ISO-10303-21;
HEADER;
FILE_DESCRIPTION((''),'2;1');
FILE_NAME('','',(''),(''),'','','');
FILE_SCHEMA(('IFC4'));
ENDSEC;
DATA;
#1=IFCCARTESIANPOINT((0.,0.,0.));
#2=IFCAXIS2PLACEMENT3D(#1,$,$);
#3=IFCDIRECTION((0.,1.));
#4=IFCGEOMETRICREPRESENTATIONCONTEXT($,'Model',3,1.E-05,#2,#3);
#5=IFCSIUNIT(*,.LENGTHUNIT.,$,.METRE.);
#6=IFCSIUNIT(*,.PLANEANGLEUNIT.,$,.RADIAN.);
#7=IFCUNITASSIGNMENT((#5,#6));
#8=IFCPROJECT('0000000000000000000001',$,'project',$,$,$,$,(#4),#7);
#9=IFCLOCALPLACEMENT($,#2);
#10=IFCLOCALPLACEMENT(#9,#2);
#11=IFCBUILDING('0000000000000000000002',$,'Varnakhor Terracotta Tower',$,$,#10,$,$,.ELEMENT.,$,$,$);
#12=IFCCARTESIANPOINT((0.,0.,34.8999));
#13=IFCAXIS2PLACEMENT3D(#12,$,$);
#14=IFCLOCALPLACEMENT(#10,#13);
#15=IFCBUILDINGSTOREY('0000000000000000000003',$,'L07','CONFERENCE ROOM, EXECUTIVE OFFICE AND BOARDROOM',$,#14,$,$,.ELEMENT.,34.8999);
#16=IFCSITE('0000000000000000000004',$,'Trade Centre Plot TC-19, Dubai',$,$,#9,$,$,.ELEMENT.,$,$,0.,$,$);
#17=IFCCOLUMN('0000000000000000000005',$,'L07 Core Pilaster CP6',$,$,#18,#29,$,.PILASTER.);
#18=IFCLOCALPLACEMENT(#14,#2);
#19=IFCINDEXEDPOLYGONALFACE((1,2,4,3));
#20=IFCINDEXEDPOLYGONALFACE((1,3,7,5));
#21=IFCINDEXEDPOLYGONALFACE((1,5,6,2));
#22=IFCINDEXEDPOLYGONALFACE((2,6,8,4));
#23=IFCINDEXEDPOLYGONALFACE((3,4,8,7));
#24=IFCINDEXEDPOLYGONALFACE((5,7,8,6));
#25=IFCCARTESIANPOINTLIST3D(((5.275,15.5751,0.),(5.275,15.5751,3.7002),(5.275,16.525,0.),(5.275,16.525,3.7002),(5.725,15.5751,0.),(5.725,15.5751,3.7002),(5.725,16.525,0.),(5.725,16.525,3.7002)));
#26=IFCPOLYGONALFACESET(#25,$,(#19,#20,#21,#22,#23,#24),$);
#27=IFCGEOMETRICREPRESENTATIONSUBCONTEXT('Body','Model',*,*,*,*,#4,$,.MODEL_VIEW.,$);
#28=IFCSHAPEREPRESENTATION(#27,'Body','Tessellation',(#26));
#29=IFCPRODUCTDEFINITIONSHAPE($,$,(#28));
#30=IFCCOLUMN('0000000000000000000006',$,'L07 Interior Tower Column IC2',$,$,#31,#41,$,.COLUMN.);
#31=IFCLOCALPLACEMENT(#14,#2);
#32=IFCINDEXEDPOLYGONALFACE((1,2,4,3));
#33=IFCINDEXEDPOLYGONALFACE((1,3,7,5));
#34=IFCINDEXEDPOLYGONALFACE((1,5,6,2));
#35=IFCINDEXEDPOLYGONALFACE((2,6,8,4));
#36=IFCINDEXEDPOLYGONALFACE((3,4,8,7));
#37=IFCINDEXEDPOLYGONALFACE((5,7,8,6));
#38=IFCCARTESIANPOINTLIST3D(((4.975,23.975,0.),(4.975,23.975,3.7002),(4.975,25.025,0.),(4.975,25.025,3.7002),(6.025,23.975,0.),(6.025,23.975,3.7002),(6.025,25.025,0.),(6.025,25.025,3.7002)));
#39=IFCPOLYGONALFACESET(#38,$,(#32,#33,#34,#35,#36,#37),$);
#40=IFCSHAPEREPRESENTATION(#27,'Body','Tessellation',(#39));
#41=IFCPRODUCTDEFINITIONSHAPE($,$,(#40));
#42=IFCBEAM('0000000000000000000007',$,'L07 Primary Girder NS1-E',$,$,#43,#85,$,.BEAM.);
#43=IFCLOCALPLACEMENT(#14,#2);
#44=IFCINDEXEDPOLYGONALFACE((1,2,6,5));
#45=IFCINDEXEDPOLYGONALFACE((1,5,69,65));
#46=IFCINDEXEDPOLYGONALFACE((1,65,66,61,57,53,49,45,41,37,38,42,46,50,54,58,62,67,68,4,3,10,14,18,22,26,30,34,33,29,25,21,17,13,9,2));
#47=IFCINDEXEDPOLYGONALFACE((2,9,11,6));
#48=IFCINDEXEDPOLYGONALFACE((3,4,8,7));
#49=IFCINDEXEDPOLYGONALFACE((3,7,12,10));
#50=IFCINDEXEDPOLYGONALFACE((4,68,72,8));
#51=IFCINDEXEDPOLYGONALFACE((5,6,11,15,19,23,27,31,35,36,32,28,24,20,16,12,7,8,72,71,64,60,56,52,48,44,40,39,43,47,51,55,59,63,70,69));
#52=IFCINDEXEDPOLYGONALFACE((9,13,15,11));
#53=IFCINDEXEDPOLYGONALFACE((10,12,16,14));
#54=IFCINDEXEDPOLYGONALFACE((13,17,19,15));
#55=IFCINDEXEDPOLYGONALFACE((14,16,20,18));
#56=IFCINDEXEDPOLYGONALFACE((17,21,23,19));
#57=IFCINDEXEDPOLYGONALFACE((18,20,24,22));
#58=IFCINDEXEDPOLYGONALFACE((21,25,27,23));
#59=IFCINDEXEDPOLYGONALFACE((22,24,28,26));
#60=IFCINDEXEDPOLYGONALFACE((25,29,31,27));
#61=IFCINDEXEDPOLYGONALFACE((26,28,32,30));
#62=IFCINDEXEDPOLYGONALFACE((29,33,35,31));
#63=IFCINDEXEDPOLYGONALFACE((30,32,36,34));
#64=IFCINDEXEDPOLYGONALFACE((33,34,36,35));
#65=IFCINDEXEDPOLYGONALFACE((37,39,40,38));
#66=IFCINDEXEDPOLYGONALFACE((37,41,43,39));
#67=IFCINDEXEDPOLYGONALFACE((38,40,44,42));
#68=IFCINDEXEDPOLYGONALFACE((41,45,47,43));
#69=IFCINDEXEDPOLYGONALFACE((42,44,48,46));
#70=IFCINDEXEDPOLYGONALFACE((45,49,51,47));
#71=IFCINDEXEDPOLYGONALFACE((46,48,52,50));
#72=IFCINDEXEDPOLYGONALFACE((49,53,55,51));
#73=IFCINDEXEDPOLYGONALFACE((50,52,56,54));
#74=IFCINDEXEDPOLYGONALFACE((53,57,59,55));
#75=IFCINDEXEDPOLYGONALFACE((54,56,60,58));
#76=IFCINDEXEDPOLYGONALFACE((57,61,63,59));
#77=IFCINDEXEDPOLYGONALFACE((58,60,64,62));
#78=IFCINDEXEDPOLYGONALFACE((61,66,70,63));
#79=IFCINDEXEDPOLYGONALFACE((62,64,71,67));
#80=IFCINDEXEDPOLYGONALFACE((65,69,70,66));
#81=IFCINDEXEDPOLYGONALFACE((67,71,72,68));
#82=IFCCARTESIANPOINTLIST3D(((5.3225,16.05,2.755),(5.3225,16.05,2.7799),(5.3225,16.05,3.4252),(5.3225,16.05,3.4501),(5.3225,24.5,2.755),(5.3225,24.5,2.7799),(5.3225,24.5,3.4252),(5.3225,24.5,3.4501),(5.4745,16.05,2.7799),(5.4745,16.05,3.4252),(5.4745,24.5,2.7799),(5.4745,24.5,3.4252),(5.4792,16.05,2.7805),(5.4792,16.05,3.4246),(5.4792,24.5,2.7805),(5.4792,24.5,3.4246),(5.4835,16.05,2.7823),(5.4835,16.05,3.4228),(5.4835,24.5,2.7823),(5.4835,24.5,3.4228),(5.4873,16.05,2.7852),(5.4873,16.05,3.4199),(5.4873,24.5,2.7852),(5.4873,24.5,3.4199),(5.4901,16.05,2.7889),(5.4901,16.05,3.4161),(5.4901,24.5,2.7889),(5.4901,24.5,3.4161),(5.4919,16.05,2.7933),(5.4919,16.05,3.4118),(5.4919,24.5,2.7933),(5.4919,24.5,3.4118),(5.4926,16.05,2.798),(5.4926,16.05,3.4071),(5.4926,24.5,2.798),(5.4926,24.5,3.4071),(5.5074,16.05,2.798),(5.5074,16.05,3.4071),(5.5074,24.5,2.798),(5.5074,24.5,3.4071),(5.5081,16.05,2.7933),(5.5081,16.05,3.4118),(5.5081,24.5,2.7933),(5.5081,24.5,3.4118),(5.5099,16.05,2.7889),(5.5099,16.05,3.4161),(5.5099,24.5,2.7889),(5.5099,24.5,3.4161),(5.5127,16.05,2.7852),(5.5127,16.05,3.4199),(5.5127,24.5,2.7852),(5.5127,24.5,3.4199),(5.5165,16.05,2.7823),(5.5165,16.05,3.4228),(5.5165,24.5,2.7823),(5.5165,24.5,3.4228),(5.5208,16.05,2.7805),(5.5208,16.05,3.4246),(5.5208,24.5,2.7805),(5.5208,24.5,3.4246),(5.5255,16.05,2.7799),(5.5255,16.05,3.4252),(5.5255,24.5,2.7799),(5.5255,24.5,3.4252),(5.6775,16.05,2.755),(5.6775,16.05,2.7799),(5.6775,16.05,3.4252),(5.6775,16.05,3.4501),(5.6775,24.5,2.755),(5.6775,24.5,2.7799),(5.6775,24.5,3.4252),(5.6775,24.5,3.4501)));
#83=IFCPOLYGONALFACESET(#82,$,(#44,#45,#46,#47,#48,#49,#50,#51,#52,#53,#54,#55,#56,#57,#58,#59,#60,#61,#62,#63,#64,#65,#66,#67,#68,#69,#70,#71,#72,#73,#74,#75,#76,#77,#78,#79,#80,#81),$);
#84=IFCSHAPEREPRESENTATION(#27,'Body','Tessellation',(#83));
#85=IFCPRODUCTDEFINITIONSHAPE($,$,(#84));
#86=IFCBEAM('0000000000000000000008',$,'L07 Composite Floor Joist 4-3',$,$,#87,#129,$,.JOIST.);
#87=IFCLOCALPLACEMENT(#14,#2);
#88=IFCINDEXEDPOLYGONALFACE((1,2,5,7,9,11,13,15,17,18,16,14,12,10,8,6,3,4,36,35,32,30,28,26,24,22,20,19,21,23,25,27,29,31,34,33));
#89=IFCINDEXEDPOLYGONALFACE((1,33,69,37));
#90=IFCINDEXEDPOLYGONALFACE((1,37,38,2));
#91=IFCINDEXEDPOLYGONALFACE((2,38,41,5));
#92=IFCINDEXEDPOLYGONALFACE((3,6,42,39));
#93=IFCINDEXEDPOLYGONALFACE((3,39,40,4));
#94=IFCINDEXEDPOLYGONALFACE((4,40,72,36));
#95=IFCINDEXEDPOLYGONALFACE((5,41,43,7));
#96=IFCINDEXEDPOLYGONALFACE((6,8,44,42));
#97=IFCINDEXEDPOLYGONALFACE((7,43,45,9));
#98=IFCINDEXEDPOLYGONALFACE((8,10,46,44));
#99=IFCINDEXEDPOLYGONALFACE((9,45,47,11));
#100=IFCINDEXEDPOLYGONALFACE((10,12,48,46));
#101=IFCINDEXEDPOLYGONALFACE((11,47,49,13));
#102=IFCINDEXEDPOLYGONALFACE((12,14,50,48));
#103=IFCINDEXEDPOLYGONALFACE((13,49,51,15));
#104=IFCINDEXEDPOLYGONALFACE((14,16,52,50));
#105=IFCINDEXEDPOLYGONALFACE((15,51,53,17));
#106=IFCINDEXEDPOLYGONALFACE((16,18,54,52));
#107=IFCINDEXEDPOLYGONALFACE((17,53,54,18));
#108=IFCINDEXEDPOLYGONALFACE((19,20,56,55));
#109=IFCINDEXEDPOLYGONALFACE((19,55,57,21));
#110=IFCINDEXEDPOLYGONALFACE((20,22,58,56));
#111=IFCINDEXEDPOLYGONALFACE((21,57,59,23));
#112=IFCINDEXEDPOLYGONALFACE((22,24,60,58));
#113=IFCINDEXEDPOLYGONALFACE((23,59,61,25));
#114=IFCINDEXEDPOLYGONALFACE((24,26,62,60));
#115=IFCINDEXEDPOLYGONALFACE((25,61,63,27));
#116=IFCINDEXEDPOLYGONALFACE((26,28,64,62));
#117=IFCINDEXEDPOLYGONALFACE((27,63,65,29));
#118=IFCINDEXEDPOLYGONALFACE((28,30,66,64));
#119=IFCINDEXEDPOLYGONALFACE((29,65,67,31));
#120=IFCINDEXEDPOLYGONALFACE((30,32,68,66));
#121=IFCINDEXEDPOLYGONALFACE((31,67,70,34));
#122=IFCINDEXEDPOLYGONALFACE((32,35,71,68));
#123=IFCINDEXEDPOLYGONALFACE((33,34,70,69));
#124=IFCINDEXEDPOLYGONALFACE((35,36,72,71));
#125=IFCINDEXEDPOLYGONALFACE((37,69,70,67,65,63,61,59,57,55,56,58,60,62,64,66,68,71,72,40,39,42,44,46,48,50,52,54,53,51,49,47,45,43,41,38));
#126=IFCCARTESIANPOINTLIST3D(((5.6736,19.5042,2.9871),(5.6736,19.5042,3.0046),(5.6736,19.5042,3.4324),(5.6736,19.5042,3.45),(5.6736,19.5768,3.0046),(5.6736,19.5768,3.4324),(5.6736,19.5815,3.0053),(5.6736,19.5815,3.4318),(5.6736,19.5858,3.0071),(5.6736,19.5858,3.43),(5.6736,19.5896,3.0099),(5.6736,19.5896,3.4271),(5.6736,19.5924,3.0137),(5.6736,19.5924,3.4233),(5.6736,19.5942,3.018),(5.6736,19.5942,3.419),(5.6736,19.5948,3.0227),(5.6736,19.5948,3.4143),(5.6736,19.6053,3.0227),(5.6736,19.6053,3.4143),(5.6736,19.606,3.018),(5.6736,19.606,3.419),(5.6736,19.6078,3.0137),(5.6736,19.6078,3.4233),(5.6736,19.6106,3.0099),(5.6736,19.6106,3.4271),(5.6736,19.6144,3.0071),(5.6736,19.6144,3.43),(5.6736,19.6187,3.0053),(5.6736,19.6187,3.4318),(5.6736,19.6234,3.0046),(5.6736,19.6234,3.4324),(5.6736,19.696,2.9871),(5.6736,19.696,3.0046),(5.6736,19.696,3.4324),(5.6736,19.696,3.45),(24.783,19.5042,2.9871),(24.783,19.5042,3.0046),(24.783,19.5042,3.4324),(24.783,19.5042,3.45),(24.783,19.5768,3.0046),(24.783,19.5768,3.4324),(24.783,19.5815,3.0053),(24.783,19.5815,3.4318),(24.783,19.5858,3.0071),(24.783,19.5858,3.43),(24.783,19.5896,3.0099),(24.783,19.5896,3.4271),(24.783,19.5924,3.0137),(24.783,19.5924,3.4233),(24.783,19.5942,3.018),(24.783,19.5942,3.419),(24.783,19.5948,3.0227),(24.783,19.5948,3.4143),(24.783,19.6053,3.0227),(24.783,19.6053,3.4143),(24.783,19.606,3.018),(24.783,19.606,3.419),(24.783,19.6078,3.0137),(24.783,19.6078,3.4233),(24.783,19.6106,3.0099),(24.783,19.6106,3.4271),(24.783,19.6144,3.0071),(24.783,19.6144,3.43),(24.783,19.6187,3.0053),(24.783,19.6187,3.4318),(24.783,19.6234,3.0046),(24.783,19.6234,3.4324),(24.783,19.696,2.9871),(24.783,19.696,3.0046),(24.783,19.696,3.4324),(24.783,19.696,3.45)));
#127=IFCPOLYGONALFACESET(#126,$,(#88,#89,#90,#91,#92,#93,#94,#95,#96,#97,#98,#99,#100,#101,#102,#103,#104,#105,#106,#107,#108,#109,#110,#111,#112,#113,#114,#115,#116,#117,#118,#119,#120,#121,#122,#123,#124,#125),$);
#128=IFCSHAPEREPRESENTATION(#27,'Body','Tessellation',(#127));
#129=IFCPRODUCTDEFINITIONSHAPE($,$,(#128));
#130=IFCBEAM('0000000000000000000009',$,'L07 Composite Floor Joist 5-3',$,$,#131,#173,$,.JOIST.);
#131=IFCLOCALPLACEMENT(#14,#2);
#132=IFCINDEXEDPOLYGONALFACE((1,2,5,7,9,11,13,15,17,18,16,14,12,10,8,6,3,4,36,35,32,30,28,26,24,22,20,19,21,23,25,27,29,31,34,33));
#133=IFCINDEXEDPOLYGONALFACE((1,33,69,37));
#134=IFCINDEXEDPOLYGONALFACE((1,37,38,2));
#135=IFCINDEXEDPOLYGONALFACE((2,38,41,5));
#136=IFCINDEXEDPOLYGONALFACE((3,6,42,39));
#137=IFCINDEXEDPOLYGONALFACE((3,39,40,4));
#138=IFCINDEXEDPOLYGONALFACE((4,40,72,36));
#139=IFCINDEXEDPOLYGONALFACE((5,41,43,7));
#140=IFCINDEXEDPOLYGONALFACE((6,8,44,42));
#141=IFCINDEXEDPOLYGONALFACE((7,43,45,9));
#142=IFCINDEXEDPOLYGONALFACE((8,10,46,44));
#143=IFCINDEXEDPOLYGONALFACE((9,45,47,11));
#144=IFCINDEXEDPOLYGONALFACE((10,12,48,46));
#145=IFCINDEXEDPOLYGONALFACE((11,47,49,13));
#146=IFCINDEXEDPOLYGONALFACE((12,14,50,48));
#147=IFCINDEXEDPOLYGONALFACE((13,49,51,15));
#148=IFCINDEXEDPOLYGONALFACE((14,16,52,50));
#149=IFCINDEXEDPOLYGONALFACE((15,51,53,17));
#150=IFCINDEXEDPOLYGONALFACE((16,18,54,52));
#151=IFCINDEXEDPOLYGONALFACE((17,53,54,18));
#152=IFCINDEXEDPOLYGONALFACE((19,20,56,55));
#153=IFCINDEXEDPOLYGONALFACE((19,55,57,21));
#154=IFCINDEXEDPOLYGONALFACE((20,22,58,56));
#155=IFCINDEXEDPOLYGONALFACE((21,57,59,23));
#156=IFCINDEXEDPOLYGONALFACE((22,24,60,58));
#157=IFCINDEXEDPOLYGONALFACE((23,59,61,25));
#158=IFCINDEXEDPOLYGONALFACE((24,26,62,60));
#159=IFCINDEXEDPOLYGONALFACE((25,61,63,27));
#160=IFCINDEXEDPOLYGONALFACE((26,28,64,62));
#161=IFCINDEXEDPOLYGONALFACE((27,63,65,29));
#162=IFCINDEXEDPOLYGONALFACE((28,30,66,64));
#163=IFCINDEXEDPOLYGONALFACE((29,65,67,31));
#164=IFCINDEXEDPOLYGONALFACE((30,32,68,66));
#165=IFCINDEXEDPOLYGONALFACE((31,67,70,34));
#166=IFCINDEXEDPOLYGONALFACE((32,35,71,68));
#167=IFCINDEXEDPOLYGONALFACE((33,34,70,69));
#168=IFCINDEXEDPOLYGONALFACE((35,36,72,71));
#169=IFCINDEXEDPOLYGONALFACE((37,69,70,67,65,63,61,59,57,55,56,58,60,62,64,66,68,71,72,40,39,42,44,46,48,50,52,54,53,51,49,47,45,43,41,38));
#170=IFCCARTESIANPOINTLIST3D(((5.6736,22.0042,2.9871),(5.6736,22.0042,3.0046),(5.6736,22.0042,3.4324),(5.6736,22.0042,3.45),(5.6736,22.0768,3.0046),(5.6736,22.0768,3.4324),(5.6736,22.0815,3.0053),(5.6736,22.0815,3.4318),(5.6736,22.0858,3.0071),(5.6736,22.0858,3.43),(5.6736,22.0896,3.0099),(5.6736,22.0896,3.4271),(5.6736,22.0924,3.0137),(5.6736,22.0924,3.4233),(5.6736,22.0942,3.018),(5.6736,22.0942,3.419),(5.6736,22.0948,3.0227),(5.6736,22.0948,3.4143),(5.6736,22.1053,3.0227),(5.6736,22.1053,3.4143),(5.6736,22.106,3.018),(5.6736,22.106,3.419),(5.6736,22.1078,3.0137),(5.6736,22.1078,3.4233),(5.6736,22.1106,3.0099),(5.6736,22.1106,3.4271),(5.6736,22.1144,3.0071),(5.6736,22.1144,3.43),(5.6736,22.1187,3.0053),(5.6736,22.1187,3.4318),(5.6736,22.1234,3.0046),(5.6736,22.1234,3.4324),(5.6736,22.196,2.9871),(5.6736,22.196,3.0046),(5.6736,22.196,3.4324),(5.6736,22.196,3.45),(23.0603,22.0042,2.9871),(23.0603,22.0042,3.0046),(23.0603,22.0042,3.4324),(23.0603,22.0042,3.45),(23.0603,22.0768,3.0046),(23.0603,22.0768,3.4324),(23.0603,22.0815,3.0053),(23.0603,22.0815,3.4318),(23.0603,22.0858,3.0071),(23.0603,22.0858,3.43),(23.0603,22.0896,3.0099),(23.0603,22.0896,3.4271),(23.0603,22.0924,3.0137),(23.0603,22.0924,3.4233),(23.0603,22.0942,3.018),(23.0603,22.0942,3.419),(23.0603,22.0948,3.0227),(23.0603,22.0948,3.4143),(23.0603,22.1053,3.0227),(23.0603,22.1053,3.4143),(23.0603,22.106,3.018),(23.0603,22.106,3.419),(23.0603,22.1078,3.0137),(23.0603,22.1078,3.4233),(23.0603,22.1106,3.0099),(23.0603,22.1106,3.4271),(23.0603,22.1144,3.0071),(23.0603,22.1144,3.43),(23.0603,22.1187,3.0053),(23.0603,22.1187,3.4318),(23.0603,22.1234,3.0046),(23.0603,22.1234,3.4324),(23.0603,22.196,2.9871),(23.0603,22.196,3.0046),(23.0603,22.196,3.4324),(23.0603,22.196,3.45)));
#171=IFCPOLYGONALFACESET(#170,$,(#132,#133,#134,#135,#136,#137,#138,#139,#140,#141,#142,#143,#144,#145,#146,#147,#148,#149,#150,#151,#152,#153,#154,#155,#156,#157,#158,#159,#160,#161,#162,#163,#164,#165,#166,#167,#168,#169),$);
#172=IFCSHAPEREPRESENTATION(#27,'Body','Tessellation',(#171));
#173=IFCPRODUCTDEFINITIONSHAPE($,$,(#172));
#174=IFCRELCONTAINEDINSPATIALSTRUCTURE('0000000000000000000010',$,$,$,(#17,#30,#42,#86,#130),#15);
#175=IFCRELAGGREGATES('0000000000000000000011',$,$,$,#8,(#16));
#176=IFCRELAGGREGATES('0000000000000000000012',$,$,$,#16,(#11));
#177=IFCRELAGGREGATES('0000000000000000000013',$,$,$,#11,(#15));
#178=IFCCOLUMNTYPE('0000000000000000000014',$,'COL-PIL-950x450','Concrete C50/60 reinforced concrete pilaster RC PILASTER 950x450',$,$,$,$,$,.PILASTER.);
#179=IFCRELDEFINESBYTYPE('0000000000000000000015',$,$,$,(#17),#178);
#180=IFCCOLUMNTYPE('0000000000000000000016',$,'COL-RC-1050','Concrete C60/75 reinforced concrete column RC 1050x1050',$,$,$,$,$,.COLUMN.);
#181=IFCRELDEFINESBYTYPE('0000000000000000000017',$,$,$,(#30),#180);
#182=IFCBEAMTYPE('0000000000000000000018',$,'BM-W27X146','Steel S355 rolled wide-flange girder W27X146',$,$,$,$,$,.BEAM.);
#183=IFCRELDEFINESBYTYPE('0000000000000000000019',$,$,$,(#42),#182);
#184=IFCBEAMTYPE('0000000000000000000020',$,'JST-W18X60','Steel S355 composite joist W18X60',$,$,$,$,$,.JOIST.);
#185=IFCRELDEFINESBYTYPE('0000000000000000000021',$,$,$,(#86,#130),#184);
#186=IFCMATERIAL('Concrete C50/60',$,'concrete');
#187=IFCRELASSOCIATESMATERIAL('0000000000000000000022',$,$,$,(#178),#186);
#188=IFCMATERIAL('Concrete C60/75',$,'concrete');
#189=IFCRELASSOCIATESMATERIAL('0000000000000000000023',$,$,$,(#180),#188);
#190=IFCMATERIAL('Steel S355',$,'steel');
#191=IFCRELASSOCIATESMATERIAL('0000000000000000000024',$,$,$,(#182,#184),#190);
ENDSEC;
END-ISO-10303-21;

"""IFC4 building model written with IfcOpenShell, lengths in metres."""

from ifc_helpers import new_model, si_unit, direction, frame, origin, origin_2d, place, context, subcontext, project, spatial, rectangle, i_section, extrude, source, transform, mapped, material, material_profile, profile_set, type_object, type_shapes, element, save


model = new_model("IFC4")

# Units and contexts
model_context = context("Model", 3, precision=1e-05, world=origin(), true_north=direction((0.0, 1.0)))
body_context = subcontext(model_context, "Body", "Model", "MODEL_VIEW")
ifc_project = project(units=[si_unit("LENGTHUNIT", "METRE"), si_unit("PLANEANGLEUNIT", "RADIAN")], contexts=[model_context])

# Site, building, storey
site_placement = place(None, origin())
site = spatial("IfcSite", under=ifc_project, at=site_placement, Name="Trade Centre Plot TC-19, Dubai", CompositionType="ELEMENT", RefElevation=0.0)
building_placement = place(site_placement, origin())
building = spatial("IfcBuilding", under=site, at=building_placement, Name="Varnakhor Terracotta Tower", CompositionType="ELEMENT")
storey_placement = place(building_placement, frame((0.0, 0.0, 34.8999)))
storey = spatial("IfcBuildingStorey", under=building, at=storey_placement, Name="L07", Description="CONFERENCE ROOM, EXECUTIVE OFFICE AND BOARDROOM", CompositionType="ELEMENT", Elevation=34.8999)

# Columns
ifc_material_1 = material(Name="Concrete C50/60", Category="concrete")
ifc_material_profile_1 = material_profile(ifc_material_1, rectangle(XDim=0.45, YDim=0.95, at=origin_2d()), Name="RC PILASTER 950x450")
ifc_profile_set_1 = profile_set([ifc_material_profile_1], Name="Concrete C50/60")
column_type_1 = type_object("IfcColumnType", Name="COL-PIL-950x450", Description="Concrete C50/60 reinforced concrete pilaster RC PILASTER 950x450", PredefinedType="PILASTER", material=ifc_profile_set_1)
shared_shape_1 = source(origin(), body_context, "Body", "SweptSolid", [
    extrude(rectangle(XDim=0.45, YDim=0.95, at=origin_2d()), origin(), (0.0, 0.0, 1.0), 3.7002),
])
column_1_placement = place(storey_placement, frame((5.5, 16.05, 0.0), z_axis=(0.0, 0.0, 1.0), x_axis=(1.0, 0.0, 0.0)))
element("IfcColumn", 1, at=column_1_placement, inside=storey, type_object=column_type_1, Name="L07 Core Pilaster CP6", PredefinedType="PILASTER", context=body_context, shape_type="MappedRepresentation", body=[
    mapped(shared_shape_1, transform((0.0, 0.0, 0.0), scale=1.0)),
])
ifc_material_2 = material(Name="Concrete C60/75", Category="concrete")
ifc_material_profile_2 = material_profile(ifc_material_2, rectangle(XDim=1.05, YDim=1.05, at=origin_2d()), Name="RC 1050x1050")
ifc_profile_set_2 = profile_set([ifc_material_profile_2], Name="Concrete C60/75")
column_type_2 = type_object("IfcColumnType", Name="COL-RC-1050", Description="Concrete C60/75 reinforced concrete column RC 1050x1050", PredefinedType="COLUMN", material=ifc_profile_set_2)
shared_shape_2 = source(origin(), body_context, "Body", "SweptSolid", [
    extrude(rectangle(XDim=1.05, YDim=1.05, at=origin_2d()), origin(), (0.0, 0.0, 1.0), 3.7002),
])
column_2_placement = place(storey_placement, frame((5.5, 24.5, 0.0), z_axis=(0.0, 0.0, 1.0), x_axis=(1.0, 0.0, 0.0)))
element("IfcColumn", 2, at=column_2_placement, inside=storey, type_object=column_type_2, Name="L07 Interior Tower Column IC2", PredefinedType="COLUMN", context=body_context, shape_type="MappedRepresentation", body=[
    mapped(shared_shape_2, transform((0.0, 0.0, 0.0), scale=1.0)),
])

# Beams
ifc_material_3 = material(Name="Steel S355", Category="steel")
ifc_material_profile_3 = material_profile(ifc_material_3, i_section(OverallWidth=0.355, OverallDepth=0.6951, WebThickness=0.0149, FlangeThickness=0.0249, FilletRadius=0.0181, at=origin_2d()), Name="W27X146")
ifc_profile_set_3 = profile_set([ifc_material_profile_3], Name="Steel S355")
beam_type_1 = type_object("IfcBeamType", Name="BM-W27X146", Description="Steel S355 rolled wide-flange girder W27X146", PredefinedType="BEAM", material=ifc_profile_set_3)
shared_shape_3 = source(origin(), body_context, "Body", "SweptSolid", [
    extrude(i_section(OverallWidth=0.355, OverallDepth=0.6951, WebThickness=0.0149, FlangeThickness=0.0249, FilletRadius=0.0181, at=origin_2d()), origin(), (0.0, 0.0, 1.0), 8.45),
])
type_shapes(beam_type_1, [shared_shape_3])
beam_1_placement = place(storey_placement, frame((5.5, 16.05, 3.1025), z_axis=(0.0, 1.0, 0.0), x_axis=(-1.0, 0.0, 0.0)))
element("IfcBeam", 3, at=beam_1_placement, inside=storey, type_object=beam_type_1, Name="L07 Primary Girder NS1-E", PredefinedType="BEAM", context=body_context, shape_type="MappedRepresentation", body=[
    mapped(shared_shape_3, transform((0.0, 0.0, 0.0), scale=1.0)),
])
ifc_material_profile_4 = material_profile(ifc_material_3, i_section(OverallWidth=0.1919, OverallDepth=0.4629, WebThickness=0.0105, FlangeThickness=0.0176, FilletRadius=0.0181, at=origin_2d()), Name="W18X60")
ifc_profile_set_4 = profile_set([ifc_material_profile_4], Name="Steel S355")
beam_type_2 = type_object("IfcBeamType", Name="JST-W18X60", Description="Steel S355 composite joist W18X60", PredefinedType="JOIST", material=ifc_profile_set_4)
shared_shape_4 = source(origin(), body_context, "Body", "SweptSolid", [
    extrude(i_section(OverallWidth=0.1919, OverallDepth=0.4629, WebThickness=0.0105, FlangeThickness=0.0176, FilletRadius=0.0181, at=origin_2d()), origin(), (0.0, 0.0, 1.0), 19.1094),
])
beam_2_placement = place(storey_placement, frame((5.6736, 19.6001, 3.2185), z_axis=(1.0, 0.0, 0.0), x_axis=(0.0, 1.0, 0.0)))
element("IfcBeam", 4, at=beam_2_placement, inside=storey, type_object=beam_type_2, Name="L07 Composite Floor Joist 4-3", PredefinedType="JOIST", context=body_context, shape_type="MappedRepresentation", body=[
    mapped(shared_shape_4, transform((0.0, 0.0, 0.0), scale=1.0)),
])
shared_shape_5 = source(origin(), body_context, "Body", "SweptSolid", [
    extrude(i_section(OverallWidth=0.1919, OverallDepth=0.4629, WebThickness=0.0105, FlangeThickness=0.0176, FilletRadius=0.0181, at=origin_2d()), origin(), (0.0, 0.0, 1.0), 17.3867),
])
beam_3_placement = place(storey_placement, frame((5.6736, 22.1001, 3.2185), z_axis=(1.0, 0.0, 0.0), x_axis=(0.0, 1.0, 0.0)))
element("IfcBeam", 5, at=beam_3_placement, inside=storey, type_object=beam_type_2, Name="L07 Composite Floor Joist 5-3", PredefinedType="JOIST", context=body_context, shape_type="MappedRepresentation", body=[
    mapped(shared_shape_5, transform((0.0, 0.0, 0.0), scale=1.0)),
])

save(model, "model.ifc")
